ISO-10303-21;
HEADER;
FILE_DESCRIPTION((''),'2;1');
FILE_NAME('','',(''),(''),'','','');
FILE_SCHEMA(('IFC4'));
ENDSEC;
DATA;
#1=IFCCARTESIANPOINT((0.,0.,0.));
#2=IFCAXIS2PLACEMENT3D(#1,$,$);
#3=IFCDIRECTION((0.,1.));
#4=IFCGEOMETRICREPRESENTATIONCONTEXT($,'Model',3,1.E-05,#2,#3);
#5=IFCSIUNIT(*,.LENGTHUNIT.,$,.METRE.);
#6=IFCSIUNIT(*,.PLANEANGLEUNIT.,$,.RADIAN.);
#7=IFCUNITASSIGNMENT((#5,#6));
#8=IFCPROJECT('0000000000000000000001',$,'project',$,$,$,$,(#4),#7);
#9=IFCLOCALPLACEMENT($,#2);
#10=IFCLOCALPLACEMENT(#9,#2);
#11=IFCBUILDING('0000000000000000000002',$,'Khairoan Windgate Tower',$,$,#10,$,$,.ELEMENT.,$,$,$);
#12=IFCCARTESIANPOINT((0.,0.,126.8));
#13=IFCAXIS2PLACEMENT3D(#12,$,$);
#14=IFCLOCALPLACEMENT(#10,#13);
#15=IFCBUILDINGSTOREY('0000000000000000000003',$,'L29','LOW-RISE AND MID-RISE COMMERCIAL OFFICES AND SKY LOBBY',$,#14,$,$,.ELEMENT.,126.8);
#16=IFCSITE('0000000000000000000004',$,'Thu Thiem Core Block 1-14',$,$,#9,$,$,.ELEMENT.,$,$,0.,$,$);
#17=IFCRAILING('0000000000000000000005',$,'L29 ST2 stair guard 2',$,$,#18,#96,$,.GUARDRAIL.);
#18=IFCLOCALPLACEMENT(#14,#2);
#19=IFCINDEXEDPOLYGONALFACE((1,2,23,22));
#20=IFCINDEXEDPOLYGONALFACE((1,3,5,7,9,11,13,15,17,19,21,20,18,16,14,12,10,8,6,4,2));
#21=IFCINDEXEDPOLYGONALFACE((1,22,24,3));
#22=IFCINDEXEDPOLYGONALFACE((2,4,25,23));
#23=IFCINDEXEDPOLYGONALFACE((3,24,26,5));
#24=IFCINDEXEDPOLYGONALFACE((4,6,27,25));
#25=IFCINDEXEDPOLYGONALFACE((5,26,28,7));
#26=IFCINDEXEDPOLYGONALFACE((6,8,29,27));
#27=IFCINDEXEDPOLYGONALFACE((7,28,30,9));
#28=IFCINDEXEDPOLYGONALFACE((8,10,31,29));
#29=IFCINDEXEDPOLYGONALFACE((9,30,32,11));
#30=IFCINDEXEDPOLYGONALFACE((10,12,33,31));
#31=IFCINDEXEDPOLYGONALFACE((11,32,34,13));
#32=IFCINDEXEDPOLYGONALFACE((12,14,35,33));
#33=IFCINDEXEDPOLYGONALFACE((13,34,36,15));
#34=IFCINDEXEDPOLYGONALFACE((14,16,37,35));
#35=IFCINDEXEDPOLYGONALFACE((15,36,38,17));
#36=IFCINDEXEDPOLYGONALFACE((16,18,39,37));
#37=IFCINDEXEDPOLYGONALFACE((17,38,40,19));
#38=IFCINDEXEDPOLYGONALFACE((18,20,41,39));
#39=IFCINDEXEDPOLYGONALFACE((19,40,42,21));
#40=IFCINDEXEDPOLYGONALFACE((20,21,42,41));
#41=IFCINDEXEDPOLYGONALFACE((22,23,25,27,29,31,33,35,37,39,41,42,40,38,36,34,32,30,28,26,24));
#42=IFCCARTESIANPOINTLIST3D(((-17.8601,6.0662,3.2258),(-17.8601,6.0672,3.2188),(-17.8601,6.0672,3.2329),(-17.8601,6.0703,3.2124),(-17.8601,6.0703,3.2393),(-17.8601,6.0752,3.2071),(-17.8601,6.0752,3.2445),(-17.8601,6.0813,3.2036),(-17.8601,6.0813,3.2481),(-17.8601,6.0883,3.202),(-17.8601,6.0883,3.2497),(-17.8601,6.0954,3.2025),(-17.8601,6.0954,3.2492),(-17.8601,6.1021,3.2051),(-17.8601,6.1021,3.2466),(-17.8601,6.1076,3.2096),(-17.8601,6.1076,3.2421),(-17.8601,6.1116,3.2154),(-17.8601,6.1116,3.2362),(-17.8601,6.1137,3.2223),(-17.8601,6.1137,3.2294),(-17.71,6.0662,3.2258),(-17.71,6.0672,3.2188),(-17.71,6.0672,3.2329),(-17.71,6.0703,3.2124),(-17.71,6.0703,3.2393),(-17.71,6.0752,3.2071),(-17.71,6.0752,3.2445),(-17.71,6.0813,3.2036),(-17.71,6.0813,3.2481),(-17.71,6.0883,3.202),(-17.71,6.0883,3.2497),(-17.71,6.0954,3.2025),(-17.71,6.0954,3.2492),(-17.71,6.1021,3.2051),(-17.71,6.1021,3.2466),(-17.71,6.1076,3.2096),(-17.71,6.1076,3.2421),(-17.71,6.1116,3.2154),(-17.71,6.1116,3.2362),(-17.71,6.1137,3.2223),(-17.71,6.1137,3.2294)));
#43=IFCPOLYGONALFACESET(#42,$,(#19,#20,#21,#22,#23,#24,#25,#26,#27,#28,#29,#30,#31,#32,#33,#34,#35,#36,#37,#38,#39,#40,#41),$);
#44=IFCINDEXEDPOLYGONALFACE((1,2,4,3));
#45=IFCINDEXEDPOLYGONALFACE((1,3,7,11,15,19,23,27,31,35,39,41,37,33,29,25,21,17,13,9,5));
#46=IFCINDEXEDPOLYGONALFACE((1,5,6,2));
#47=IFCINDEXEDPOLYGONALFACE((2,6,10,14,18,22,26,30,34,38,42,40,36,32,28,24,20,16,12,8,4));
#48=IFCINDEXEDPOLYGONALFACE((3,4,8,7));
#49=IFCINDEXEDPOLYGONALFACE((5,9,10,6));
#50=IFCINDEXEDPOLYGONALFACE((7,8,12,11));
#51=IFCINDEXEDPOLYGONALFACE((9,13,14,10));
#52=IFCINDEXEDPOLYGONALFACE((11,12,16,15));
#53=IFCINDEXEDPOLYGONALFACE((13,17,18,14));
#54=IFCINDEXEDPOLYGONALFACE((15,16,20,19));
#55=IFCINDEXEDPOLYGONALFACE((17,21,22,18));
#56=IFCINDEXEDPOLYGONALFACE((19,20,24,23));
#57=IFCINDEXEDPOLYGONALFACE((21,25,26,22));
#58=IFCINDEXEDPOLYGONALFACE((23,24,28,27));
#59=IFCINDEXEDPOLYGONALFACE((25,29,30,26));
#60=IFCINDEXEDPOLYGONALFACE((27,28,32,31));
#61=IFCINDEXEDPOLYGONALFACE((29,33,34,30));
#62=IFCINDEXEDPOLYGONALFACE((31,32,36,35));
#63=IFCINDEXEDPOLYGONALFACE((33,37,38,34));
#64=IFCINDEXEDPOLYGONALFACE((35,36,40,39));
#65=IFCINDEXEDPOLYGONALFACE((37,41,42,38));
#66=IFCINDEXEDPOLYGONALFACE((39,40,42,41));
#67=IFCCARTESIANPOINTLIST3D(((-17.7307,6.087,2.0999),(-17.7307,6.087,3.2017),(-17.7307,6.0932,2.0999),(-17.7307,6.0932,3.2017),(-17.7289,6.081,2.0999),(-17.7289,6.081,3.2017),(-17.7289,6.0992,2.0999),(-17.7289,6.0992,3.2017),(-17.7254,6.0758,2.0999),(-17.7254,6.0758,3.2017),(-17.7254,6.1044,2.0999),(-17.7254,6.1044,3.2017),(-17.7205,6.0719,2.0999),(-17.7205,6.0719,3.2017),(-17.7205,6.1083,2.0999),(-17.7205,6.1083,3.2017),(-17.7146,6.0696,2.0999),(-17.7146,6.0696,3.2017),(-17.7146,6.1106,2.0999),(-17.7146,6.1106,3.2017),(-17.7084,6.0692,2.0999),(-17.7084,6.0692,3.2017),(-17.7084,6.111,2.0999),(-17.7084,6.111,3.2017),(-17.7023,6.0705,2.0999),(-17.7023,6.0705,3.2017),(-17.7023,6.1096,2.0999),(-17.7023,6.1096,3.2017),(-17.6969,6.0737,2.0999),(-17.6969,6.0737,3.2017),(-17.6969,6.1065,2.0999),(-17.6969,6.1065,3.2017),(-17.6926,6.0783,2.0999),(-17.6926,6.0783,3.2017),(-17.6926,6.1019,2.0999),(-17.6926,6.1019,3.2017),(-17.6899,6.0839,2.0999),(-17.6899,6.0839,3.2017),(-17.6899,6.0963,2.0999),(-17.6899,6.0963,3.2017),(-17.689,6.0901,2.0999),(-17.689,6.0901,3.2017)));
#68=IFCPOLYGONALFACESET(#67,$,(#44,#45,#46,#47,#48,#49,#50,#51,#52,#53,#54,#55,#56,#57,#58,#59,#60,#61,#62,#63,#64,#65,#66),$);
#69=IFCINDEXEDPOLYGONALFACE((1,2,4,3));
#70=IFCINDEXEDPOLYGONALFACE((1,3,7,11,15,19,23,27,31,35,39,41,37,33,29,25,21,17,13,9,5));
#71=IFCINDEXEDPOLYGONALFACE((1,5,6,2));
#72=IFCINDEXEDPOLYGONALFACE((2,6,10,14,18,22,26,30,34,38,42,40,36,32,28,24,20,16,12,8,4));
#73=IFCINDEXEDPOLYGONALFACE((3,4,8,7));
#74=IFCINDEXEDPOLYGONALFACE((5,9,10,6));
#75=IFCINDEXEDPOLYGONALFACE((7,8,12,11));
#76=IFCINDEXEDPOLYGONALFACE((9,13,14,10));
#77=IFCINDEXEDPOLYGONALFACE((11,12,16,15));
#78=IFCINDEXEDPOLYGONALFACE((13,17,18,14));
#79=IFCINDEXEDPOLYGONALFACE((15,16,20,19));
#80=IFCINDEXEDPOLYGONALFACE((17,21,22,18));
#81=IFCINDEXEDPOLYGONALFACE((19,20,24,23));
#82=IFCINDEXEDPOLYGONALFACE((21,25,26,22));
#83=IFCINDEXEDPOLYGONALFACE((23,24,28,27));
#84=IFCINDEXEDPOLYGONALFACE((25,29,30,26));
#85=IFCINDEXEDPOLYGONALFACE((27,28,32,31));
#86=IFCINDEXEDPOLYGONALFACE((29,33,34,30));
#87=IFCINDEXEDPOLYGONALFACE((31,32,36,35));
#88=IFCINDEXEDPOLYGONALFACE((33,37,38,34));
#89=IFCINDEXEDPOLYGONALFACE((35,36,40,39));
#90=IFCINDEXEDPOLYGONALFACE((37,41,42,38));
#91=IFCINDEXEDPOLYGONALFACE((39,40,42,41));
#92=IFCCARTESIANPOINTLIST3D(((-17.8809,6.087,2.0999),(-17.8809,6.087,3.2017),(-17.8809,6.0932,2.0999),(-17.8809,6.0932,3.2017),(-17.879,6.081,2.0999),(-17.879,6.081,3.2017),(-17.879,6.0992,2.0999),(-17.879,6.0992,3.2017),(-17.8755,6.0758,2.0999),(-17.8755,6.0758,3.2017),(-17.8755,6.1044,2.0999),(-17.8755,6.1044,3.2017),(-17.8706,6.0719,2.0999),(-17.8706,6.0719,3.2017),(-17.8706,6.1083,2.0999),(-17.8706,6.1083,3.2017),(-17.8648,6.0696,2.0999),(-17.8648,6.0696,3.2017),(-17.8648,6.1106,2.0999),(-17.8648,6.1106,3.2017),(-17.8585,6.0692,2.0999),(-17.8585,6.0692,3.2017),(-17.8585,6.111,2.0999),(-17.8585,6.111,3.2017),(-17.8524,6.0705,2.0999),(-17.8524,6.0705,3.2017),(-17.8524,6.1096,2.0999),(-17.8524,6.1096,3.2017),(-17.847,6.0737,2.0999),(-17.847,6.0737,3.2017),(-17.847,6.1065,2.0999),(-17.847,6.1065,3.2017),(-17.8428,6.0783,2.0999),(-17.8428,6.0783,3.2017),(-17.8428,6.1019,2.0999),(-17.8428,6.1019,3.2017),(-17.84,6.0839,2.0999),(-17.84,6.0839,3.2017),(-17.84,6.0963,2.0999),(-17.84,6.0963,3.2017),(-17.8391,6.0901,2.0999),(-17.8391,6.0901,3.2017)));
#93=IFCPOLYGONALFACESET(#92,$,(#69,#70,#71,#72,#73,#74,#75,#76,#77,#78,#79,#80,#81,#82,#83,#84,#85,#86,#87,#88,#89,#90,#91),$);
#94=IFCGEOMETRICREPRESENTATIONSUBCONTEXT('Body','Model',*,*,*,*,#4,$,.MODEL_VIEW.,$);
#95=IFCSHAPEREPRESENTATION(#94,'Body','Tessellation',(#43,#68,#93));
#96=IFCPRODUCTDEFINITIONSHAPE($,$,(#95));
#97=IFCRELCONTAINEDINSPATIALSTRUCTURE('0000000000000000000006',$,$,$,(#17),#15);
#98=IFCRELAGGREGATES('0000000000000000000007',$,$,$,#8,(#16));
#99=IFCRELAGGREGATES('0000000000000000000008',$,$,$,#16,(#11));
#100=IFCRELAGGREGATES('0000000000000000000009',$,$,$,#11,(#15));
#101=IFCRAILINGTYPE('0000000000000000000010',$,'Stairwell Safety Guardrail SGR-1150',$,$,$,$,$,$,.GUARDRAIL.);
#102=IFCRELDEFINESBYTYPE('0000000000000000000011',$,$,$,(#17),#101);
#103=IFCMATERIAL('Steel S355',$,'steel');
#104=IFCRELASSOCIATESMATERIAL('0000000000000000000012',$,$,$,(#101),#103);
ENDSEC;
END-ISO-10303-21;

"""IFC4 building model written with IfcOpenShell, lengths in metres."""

from ifc_helpers import new_model, si_unit, direction, frame, origin, origin_2d, place, context, subcontext, project, spatial, circle, extrude, material, type_object, element, save


model = new_model("IFC4")

# Units and contexts
model_context = context("Model", 3, precision=1e-05, world=origin(), true_north=direction((0.0, 1.0)))
body_context = subcontext(model_context, "Body", "Model", "MODEL_VIEW")
ifc_project = project(units=[si_unit("LENGTHUNIT", "METRE"), si_unit("PLANEANGLEUNIT", "RADIAN")], contexts=[model_context])

# Site, building, storey
site_placement = place(None, origin())
site = spatial("IfcSite", under=ifc_project, at=site_placement, Name="Thu Thiem Core Block 1-14", CompositionType="ELEMENT", RefElevation=0.0)
building_placement = place(site_placement, origin())
building = spatial("IfcBuilding", under=site, at=building_placement, Name="Khairoan Windgate Tower", CompositionType="ELEMENT")
storey_placement = place(building_placement, frame((0.0, 0.0, 126.8)))
storey = spatial("IfcBuildingStorey", under=building, at=storey_placement, Name="L29", Description="LOW-RISE AND MID-RISE COMMERCIAL OFFICES AND SKY LOBBY", CompositionType="ELEMENT", Elevation=126.8)

# Railing
ifc_material_1 = material(Name="Steel S355", Category="steel")
railing_type_1 = type_object("IfcRailingType", Name="Stairwell Safety Guardrail SGR-1150", PredefinedType="GUARDRAIL", material=ifc_material_1)
railing_1_placement = place(storey_placement, frame((-17.71, 6.0901, 2.0999)))
element("IfcRailing", 1, at=railing_1_placement, inside=storey, type_object=railing_type_1, Name="L29 ST2 stair guard 2", PredefinedType="GUARDRAIL", context=body_context, shape_type="SweptSolid", body=[
    extrude(circle(Radius=0.0239, at=origin_2d()), frame((0.0, 0.0, 1.126), z_axis=(-1.0, 0.0, 0.0), x_axis=(0.0, -1.0, 0.0)), (0.0, 0.0, 1.0), 0.1501),
    extrude(circle(Radius=0.021, at=origin_2d()), origin(), (0.0, 0.0, 1.0), 1.1018),
    extrude(circle(Radius=0.021, at=origin_2d()), frame((-0.1501, 0.0, 0.0)), (0.0, 0.0, 1.0), 1.1018),
])

save(model, "model.ifc")
